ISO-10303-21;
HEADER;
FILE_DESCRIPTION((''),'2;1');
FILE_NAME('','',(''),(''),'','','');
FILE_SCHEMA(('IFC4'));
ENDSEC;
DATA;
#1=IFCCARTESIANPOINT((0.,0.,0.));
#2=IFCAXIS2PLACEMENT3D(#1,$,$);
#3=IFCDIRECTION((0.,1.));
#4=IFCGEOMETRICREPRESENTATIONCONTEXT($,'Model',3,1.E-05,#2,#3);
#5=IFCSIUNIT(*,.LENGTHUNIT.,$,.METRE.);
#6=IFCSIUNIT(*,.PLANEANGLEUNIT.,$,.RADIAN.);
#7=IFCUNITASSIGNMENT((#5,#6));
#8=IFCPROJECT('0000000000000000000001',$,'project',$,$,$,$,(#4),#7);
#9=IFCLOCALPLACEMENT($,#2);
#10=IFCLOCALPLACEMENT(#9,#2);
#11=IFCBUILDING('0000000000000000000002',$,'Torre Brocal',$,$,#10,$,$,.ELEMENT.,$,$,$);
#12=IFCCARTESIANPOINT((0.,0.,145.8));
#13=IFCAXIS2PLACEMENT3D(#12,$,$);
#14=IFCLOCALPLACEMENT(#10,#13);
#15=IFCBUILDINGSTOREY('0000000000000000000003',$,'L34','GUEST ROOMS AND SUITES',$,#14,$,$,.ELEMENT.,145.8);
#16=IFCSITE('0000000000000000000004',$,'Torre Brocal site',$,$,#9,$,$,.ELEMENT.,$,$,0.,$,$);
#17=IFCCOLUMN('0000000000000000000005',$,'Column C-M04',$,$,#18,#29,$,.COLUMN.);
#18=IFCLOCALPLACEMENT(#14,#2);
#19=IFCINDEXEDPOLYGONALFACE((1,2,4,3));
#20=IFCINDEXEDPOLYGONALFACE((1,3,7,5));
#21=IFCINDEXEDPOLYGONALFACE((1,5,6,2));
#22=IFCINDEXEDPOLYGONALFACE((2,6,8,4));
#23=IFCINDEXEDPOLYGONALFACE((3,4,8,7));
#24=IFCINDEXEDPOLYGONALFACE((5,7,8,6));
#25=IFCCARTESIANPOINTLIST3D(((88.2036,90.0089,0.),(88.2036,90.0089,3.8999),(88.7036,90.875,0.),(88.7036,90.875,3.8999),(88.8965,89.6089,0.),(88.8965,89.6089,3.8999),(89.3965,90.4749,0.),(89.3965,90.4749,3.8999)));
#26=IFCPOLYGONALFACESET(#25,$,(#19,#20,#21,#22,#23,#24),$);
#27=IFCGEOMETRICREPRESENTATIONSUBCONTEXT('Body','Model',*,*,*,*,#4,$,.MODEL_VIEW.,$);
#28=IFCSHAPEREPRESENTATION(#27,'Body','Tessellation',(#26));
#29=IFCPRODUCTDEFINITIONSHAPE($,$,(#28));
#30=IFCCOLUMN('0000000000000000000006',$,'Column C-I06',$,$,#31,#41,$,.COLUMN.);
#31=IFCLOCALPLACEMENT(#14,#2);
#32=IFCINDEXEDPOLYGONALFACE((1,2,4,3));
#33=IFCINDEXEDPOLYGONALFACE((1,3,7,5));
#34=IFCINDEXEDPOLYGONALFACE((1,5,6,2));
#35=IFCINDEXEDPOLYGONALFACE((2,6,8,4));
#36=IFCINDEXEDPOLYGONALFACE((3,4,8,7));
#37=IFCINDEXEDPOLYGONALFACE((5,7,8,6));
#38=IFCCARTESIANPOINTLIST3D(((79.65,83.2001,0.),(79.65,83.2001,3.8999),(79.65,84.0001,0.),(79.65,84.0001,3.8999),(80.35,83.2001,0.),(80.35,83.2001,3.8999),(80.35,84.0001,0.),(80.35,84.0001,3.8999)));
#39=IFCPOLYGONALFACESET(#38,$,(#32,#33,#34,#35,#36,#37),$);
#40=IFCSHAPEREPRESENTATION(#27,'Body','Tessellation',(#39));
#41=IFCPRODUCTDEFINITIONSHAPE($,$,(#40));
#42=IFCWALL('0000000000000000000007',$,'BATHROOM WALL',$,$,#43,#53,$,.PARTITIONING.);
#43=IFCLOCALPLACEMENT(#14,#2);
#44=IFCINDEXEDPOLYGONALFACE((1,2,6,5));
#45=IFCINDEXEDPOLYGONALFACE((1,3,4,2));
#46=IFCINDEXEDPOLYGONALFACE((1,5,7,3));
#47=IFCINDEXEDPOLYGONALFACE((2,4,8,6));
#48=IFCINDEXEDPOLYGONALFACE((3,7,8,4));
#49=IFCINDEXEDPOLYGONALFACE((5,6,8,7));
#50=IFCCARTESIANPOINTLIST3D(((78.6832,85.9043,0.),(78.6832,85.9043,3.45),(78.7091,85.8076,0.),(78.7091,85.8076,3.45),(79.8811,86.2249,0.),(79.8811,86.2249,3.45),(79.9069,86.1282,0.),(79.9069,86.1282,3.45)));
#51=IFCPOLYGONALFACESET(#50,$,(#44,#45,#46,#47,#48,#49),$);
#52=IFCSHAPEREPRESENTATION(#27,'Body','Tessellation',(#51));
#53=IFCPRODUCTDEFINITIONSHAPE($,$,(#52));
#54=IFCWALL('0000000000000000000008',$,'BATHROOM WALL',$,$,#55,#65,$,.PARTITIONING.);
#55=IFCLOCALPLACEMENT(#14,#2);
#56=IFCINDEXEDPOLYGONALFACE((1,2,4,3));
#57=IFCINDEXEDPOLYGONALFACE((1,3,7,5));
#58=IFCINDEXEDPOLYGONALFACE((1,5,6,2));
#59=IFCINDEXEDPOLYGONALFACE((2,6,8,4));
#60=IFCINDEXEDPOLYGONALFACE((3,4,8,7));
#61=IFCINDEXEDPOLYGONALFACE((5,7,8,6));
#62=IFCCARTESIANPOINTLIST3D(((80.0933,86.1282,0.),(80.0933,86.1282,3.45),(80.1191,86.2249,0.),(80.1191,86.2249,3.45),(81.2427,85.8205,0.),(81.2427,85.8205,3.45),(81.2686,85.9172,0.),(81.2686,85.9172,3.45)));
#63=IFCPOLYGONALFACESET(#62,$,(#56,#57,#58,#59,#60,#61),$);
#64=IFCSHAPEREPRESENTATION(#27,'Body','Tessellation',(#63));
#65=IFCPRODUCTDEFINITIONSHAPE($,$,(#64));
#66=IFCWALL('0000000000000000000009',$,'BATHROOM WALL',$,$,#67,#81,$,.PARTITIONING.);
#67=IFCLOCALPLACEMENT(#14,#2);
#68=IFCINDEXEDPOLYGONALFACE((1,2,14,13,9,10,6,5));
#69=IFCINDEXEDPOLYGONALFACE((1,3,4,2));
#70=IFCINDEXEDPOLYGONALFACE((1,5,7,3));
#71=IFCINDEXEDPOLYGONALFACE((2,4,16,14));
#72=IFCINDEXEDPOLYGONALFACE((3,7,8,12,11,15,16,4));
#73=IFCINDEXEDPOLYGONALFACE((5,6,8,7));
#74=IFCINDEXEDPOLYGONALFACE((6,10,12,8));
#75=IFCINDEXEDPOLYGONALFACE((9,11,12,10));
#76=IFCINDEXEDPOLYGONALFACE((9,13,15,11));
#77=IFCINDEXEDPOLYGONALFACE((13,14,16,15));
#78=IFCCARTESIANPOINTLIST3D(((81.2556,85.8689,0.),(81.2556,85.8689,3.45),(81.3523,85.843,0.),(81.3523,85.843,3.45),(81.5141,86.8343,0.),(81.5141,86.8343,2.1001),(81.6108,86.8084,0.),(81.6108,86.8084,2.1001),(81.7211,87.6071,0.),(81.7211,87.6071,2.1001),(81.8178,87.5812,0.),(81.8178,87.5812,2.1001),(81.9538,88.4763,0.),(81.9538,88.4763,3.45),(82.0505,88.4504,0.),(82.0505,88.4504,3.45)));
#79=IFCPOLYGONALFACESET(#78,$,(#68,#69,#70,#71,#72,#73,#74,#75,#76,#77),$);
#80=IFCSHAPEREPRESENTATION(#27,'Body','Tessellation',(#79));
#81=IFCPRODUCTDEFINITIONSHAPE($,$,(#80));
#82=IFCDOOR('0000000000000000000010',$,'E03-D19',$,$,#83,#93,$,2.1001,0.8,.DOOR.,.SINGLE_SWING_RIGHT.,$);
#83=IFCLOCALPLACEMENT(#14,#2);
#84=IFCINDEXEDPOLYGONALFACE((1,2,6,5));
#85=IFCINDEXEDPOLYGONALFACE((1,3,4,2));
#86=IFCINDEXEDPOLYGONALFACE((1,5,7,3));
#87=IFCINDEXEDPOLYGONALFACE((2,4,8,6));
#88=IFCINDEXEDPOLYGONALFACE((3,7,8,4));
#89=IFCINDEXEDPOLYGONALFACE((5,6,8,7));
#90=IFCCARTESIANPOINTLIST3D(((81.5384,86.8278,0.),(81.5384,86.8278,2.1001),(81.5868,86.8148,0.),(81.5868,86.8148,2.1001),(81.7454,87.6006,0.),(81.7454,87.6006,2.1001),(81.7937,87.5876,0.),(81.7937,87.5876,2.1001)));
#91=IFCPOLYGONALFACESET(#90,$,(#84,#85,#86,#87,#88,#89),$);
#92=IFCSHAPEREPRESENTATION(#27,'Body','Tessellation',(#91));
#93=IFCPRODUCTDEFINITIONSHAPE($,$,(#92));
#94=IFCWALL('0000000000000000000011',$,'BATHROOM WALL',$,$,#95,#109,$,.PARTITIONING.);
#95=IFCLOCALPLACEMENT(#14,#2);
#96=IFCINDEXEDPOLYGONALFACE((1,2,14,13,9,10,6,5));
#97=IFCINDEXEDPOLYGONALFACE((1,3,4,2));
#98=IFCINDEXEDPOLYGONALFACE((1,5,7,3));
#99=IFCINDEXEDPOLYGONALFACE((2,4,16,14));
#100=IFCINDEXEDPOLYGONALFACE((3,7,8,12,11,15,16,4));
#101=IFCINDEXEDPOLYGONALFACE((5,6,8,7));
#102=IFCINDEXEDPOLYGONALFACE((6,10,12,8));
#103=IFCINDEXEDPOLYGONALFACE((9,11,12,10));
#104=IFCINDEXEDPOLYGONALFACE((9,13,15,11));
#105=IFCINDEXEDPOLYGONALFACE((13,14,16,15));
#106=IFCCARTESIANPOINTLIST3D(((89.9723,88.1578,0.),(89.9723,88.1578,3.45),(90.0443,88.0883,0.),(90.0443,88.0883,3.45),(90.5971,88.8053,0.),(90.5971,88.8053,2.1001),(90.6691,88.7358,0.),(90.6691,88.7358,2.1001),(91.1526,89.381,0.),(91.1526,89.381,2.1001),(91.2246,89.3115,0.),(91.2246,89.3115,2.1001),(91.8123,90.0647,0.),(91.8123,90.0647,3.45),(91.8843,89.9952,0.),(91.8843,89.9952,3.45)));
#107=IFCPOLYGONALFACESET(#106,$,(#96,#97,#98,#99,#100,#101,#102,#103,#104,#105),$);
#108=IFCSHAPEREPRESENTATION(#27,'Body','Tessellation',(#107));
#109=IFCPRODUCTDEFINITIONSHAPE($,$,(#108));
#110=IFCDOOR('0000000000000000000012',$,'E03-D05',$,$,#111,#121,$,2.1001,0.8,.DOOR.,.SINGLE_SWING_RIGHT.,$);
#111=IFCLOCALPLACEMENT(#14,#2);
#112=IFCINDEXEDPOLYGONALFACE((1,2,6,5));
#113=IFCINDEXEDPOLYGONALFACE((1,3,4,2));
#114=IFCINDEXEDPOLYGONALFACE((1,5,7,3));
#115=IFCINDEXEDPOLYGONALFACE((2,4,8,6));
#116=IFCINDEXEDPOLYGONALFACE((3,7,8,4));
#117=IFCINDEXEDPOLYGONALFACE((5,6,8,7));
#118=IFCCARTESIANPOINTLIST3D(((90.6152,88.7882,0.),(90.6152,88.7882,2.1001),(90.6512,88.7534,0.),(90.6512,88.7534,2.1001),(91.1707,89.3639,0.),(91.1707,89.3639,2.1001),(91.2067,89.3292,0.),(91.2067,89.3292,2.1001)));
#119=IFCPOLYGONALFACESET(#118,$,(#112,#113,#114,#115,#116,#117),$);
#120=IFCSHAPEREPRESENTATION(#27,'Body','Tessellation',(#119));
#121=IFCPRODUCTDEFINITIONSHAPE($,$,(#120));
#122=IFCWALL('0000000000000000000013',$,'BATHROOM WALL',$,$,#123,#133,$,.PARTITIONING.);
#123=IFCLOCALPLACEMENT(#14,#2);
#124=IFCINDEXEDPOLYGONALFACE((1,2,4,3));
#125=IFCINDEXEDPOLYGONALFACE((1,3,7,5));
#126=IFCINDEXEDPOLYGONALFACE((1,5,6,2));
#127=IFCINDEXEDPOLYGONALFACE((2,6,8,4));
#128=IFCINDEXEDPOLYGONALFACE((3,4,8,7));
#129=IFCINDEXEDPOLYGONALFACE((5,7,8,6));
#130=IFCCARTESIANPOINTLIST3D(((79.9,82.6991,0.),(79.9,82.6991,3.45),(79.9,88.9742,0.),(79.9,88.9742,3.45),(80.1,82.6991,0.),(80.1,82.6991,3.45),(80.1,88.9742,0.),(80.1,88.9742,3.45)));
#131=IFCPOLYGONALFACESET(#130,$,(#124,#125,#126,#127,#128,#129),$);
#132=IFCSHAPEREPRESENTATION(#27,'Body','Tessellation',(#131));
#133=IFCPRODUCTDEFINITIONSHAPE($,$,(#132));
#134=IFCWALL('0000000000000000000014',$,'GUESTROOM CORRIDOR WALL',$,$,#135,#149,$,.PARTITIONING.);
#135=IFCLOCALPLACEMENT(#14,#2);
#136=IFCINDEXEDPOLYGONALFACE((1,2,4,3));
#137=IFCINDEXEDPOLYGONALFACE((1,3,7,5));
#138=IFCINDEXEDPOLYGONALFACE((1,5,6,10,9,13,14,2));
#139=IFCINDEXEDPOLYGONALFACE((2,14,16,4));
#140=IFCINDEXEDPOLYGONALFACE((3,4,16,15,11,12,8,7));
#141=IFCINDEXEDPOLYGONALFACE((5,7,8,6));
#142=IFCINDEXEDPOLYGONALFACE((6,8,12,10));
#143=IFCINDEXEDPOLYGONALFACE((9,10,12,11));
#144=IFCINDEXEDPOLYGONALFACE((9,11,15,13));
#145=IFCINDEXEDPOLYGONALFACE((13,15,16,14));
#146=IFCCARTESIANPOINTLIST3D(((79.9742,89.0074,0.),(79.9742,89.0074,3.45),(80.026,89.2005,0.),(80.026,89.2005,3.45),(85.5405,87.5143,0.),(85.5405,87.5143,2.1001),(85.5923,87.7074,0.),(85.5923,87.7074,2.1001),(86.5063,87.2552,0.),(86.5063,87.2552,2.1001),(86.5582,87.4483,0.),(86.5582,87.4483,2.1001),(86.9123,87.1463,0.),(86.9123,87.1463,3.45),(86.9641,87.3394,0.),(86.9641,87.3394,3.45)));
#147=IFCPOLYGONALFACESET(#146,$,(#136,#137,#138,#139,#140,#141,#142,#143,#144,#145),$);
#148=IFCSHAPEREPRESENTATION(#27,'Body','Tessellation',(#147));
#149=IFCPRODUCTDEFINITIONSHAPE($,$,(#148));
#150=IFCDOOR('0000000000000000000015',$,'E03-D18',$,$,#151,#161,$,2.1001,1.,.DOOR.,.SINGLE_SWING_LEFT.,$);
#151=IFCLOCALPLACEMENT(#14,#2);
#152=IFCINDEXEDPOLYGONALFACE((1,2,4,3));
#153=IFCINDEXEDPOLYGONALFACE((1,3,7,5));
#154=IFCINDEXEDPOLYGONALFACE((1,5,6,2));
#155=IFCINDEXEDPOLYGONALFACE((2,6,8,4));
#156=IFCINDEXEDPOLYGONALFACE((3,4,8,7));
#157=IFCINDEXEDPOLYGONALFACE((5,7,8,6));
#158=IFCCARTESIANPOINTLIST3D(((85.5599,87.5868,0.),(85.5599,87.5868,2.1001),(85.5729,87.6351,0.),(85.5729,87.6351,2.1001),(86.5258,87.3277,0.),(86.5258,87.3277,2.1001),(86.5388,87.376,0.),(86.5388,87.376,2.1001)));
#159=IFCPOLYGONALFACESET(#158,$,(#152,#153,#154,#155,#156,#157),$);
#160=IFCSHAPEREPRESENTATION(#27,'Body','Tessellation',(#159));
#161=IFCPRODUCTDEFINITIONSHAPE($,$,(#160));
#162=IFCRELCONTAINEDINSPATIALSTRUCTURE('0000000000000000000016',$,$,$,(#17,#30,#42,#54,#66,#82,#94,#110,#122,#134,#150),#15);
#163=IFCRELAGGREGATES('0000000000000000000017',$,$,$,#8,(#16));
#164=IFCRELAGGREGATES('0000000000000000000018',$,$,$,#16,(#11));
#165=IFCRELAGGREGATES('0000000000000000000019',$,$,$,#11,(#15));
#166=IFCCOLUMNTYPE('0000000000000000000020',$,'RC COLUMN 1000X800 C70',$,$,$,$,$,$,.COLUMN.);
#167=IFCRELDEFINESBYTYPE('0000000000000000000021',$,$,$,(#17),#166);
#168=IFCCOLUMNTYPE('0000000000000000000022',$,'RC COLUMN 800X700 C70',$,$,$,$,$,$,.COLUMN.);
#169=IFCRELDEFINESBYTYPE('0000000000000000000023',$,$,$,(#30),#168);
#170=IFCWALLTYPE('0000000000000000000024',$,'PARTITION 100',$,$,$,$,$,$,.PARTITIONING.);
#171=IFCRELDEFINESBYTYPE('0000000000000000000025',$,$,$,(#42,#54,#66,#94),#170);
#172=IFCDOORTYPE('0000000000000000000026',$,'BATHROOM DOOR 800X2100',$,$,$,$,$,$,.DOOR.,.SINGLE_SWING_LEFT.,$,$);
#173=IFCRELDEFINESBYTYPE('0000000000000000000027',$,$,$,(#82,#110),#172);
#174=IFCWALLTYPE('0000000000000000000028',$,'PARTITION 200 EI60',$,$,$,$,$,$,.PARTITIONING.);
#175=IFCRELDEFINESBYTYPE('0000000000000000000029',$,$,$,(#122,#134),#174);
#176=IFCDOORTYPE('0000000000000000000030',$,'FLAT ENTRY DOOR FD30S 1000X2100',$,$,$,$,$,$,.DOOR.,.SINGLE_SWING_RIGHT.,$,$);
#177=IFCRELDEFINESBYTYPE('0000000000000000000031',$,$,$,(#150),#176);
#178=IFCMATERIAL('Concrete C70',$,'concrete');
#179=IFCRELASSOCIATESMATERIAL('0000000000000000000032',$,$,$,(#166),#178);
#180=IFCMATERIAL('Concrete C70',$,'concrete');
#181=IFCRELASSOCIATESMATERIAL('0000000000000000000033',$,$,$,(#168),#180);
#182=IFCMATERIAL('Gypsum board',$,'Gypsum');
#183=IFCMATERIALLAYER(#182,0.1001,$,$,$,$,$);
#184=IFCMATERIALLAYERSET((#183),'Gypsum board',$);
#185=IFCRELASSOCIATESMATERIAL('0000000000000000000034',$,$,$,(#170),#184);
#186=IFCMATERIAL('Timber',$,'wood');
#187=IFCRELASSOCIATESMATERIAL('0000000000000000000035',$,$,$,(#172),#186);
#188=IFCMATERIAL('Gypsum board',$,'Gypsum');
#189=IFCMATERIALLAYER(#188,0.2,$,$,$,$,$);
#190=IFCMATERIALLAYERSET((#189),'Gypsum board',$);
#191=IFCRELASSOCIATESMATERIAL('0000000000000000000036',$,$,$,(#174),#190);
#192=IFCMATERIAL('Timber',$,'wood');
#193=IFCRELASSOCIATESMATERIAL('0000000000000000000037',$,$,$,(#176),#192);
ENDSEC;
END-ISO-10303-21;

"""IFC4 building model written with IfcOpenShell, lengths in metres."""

from ifc_helpers import new_model, si_unit, direction, frame, frame_2d, origin, origin_2d, place, context, subcontext, project, spatial, rectangle, extrude, material, layer, layer_set, material_profile, profile_set, type_object, element, fill, save


model = new_model("IFC4")

# Units and contexts
model_context = context("Model", 3, precision=1e-05, world=origin(), true_north=direction((0.0, 1.0)))
body_context = subcontext(model_context, "Body", "Model", "MODEL_VIEW")
ifc_project = project(units=[si_unit("LENGTHUNIT", "METRE"), si_unit("PLANEANGLEUNIT", "RADIAN")], contexts=[model_context])

# Site, building, storey
site_placement = place(None, origin())
site = spatial("IfcSite", under=ifc_project, at=site_placement, Name="Torre Brocal site", CompositionType="ELEMENT", RefElevation=0.0)
building_placement = place(site_placement, origin())
building = spatial("IfcBuilding", under=site, at=building_placement, Name="Torre Brocal", CompositionType="ELEMENT")
storey_placement = place(building_placement, frame((0.0, 0.0, 145.8)))
storey = spatial("IfcBuildingStorey", under=building, at=storey_placement, Name="L34", Description="GUEST ROOMS AND SUITES", CompositionType="ELEMENT", Elevation=145.8)

# Columns
ifc_material_1 = material(Name="Concrete C70", Category="concrete")
ifc_material_profile_1 = material_profile(ifc_material_1, rectangle(XDim=1.0, YDim=0.8, at=origin_2d()), Name="RC 1000X800")
ifc_profile_set_1 = profile_set([ifc_material_profile_1], Name="Concrete C70")
column_type_1 = type_object("IfcColumnType", Name="RC COLUMN 1000X800 C70", PredefinedType="COLUMN", material=ifc_profile_set_1)
column_1_placement = place(storey_placement, frame((88.8, 90.2419, 0.0), z_axis=(0.0, 0.0, 1.0), x_axis=(0.5, 0.866025, 0.0)))
element("IfcColumn", 1, at=column_1_placement, inside=storey, type_object=column_type_1, Name="Column C-M04", PredefinedType="COLUMN", context=body_context, shape_type="SweptSolid", body=[
    extrude(rectangle(XDim=1.0, YDim=0.8, at=origin_2d()), origin(), (0.0, 0.0, 1.0), 3.8999),
])
ifc_material_2 = material(Name="Concrete C70", Category="concrete")
ifc_material_profile_2 = material_profile(ifc_material_2, rectangle(XDim=0.8, YDim=0.7, at=origin_2d()), Name="RC 800X700")
ifc_profile_set_2 = profile_set([ifc_material_profile_2], Name="Concrete C70")
column_type_2 = type_object("IfcColumnType", Name="RC COLUMN 800X700 C70", PredefinedType="COLUMN", material=ifc_profile_set_2)
column_2_placement = place(storey_placement, frame((80.0, 83.6001, 0.0), z_axis=(0.0, 0.0, 1.0), x_axis=(0.0, 1.0, 0.0)))
element("IfcColumn", 2, at=column_2_placement, inside=storey, type_object=column_type_2, Name="Column C-I06", PredefinedType="COLUMN", context=body_context, shape_type="SweptSolid", body=[
    extrude(rectangle(XDim=0.8, YDim=0.7, at=origin_2d()), origin(), (0.0, 0.0, 1.0), 3.8999),
])

# Walls
ifc_material_3 = material(Name="Gypsum board", Category="Gypsum")
ifc_layer_1 = layer(ifc_material_3, 0.1001)
ifc_layer_set_1 = layer_set([ifc_layer_1], Name="Gypsum board")
wall_type_1 = type_object("IfcWallType", Name="PARTITION 100", PredefinedType="PARTITIONING", material=ifc_layer_set_1)
wall_1_placement = place(storey_placement, frame((78.696, 85.856, 0.0), z_axis=(0.0, 0.0, 1.0), x_axis=(0.966003, 0.258533, 0.0)))
element("IfcWall", 3, at=wall_1_placement, inside=storey, type_object=wall_type_1, Name="BATHROOM WALL", PredefinedType="PARTITIONING", context=body_context, shape_type="SweptSolid", body=[
    extrude(rectangle(XDim=1.24, YDim=0.1001, at=frame_2d((0.6201, 0.0))), origin(), (0.0, 0.0, 1.0), 3.45),
])
wall_2_placement = place(storey_placement, frame((80.1062, 86.1765, 0.0), z_axis=(0.0, 0.0, 1.0), x_axis=(0.966003, -0.258531, 0.0)))
element("IfcWall", 4, at=wall_2_placement, inside=storey, type_object=wall_type_1, Name="BATHROOM WALL", PredefinedType="PARTITIONING", context=body_context, shape_type="SweptSolid", body=[
    extrude(rectangle(XDim=1.1899, YDim=0.1001, at=frame_2d((0.595, 0.0))), origin(), (0.0, 0.0, 1.0), 3.45),
])

# Walls, openings, doors
wall_3_placement = place(storey_placement, frame((81.304, 85.856, 0.0), z_axis=(0.0, 0.0, 1.0), x_axis=(0.258676, 0.965964, 0.0)))
wall_3 = element("IfcWall", 5, at=wall_3_placement, inside=storey, type_object=wall_type_1, Name="BATHROOM WALL", PredefinedType="PARTITIONING", context=body_context, shape_type="SweptSolid", body=[
    extrude(rectangle(XDim=2.6992, YDim=0.1001, at=frame_2d((1.3496, 0.0))), origin(), (0.0, 0.0, 1.0), 3.45),
])
opening_1_placement = place(wall_3_placement, frame((0.9995, 0.0, 0.0)))
opening_1 = element("IfcOpeningElement", 6, at=opening_1_placement, cuts=wall_3, PredefinedType="OPENING", context=body_context, shape_type="SweptSolid", body=[
    extrude(rectangle(XDim=0.8, YDim=2.1001, at=frame_2d((0.3999, 1.05))), frame((0.0, 0.0601, 0.0), z_axis=(0.0, -1.0, 0.0), x_axis=(1.0, 0.0, 0.0)), (0.0, 0.0, 1.0), 0.1201),
])
ifc_material_4 = material(Name="Timber", Category="wood")
door_type_1 = type_object("IfcDoorType", Name="BATHROOM DOOR 800X2100", OperationType="SINGLE_SWING_LEFT", PredefinedType="DOOR", material=ifc_material_4)
door_1_placement = place(opening_1_placement, origin())
door_1 = element("IfcDoor", 7, at=door_1_placement, inside=storey, type_object=door_type_1, Name="E03-D19", OperationType="SINGLE_SWING_RIGHT", OverallHeight=2.1001, OverallWidth=0.8, PredefinedType="DOOR", context=body_context, shape_type="SweptSolid", body=[
    extrude(rectangle(XDim=0.8, YDim=2.1001, at=frame_2d((0.3999, 1.05))), frame((0.0, 0.0249, 0.0), z_axis=(0.0, -1.0, 0.0), x_axis=(1.0, 0.0, 0.0)), (0.0, 0.0, 1.0), 0.05),
])
fill(opening_1, door_1)
wall_4_placement = place(storey_placement, frame((90.0083, 88.123, 0.0), z_axis=(0.0, 0.0, 1.0), x_axis=(0.694373, 0.719616, 0.0)))
wall_4 = element("IfcWall", 8, at=wall_4_placement, inside=storey, type_object=wall_type_1, Name="BATHROOM WALL", PredefinedType="PARTITIONING", context=body_context, shape_type="SweptSolid", body=[
    extrude(rectangle(XDim=2.6499, YDim=0.1001, at=frame_2d((1.325, 0.0))), origin(), (0.0, 0.0, 1.0), 3.45),
])
opening_2_placement = place(wall_4_placement, frame((0.8999, 0.0, 0.0)))
opening_2 = element("IfcOpeningElement", 9, at=opening_2_placement, cuts=wall_4, PredefinedType="OPENING", context=body_context, shape_type="SweptSolid", body=[
    extrude(rectangle(XDim=0.8, YDim=2.1001, at=frame_2d((0.3999, 1.05))), frame((0.0, 0.0601, 0.0), z_axis=(0.0, -1.0, 0.0), x_axis=(1.0, 0.0, 0.0)), (0.0, 0.0, 1.0), 0.1201),
])
door_2_placement = place(opening_2_placement, frame((0.8, 0.0, 0.0), z_axis=(0.0, 0.0, 1.0), x_axis=(-1.0, 0.0, 0.0)))
door_2 = element("IfcDoor", 10, at=door_2_placement, inside=storey, type_object=door_type_1, Name="E03-D05", OperationType="SINGLE_SWING_RIGHT", OverallHeight=2.1001, OverallWidth=0.8, PredefinedType="DOOR", context=body_context, shape_type="SweptSolid", body=[
    extrude(rectangle(XDim=0.8, YDim=2.1001, at=frame_2d((0.3999, 1.05))), frame((0.0, 0.0249, 0.0), z_axis=(0.0, -1.0, 0.0), x_axis=(1.0, 0.0, 0.0)), (0.0, 0.0, 1.0), 0.05),
])
fill(opening_2, door_2)

# Wall
ifc_material_5 = material(Name="Gypsum board", Category="Gypsum")
ifc_layer_2 = layer(ifc_material_5, 0.2)
ifc_layer_set_2 = layer_set([ifc_layer_2], Name="Gypsum board")
wall_type_2 = type_object("IfcWallType", Name="PARTITION 200 EI60", PredefinedType="PARTITIONING", material=ifc_layer_set_2)
wall_5_placement = place(storey_placement, frame((80.0, 82.699, 0.0), z_axis=(0.0, 0.0, 1.0), x_axis=(0.0, 1.0, 0.0)))
element("IfcWall", 11, at=wall_5_placement, inside=storey, type_object=wall_type_2, Name="BATHROOM WALL", PredefinedType="PARTITIONING", context=body_context, shape_type="SweptSolid", body=[
    extrude(rectangle(XDim=6.2751, YDim=0.2, at=frame_2d((3.1377, 0.0))), origin(), (0.0, 0.0, 1.0), 3.45),
])

# Wall, opening, door
wall_6_placement = place(storey_placement, frame((80.0, 89.104, 0.0), z_axis=(0.0, 0.0, 1.0), x_axis=(0.965854, -0.259086, 0.0)))
wall_6 = element("IfcWall", 12, at=wall_6_placement, inside=storey, type_object=wall_type_2, Name="GUESTROOM CORRIDOR WALL", PredefinedType="PARTITIONING", context=body_context, shape_type="SweptSolid", body=[
    extrude(rectangle(XDim=7.1833, YDim=0.2, at=frame_2d((3.5918, 0.0))), origin(), (0.0, 0.0, 1.0), 3.45),
])
opening_3_placement = place(wall_6_placement, frame((5.7632, 0.0, 0.0)))
opening_3 = element("IfcOpeningElement", 13, at=opening_3_placement, cuts=wall_6, PredefinedType="OPENING", context=body_context, shape_type="SweptSolid", body=[
    extrude(rectangle(XDim=1.0, YDim=2.1001, at=frame_2d((0.5, 1.05))), frame((0.0, 0.1099, 0.0), z_axis=(0.0, -1.0, 0.0), x_axis=(1.0, 0.0, 0.0)), (0.0, 0.0, 1.0), 0.22),
])
ifc_material_6 = material(Name="Timber", Category="wood")
door_type_2 = type_object("IfcDoorType", Name="FLAT ENTRY DOOR FD30S 1000X2100", OperationType="SINGLE_SWING_RIGHT", PredefinedType="DOOR", material=ifc_material_6)
door_3_placement = place(opening_3_placement, frame((1.0, 0.0, 0.0), z_axis=(0.0, 0.0, 1.0), x_axis=(-1.0, 0.0, 0.0)))
door_3 = element("IfcDoor", 14, at=door_3_placement, inside=storey, type_object=door_type_2, Name="E03-D18", OperationType="SINGLE_SWING_LEFT", OverallHeight=2.1001, OverallWidth=1.0, PredefinedType="DOOR", context=body_context, shape_type="SweptSolid", body=[
    extrude(rectangle(XDim=1.0, YDim=2.1001, at=frame_2d((0.5, 1.05))), frame((0.0, 0.0249, 0.0), z_axis=(0.0, -1.0, 0.0), x_axis=(1.0, 0.0, 0.0)), (0.0, 0.0, 1.0), 0.05),
])
fill(opening_3, door_3)

save(model, "model.ifc")
